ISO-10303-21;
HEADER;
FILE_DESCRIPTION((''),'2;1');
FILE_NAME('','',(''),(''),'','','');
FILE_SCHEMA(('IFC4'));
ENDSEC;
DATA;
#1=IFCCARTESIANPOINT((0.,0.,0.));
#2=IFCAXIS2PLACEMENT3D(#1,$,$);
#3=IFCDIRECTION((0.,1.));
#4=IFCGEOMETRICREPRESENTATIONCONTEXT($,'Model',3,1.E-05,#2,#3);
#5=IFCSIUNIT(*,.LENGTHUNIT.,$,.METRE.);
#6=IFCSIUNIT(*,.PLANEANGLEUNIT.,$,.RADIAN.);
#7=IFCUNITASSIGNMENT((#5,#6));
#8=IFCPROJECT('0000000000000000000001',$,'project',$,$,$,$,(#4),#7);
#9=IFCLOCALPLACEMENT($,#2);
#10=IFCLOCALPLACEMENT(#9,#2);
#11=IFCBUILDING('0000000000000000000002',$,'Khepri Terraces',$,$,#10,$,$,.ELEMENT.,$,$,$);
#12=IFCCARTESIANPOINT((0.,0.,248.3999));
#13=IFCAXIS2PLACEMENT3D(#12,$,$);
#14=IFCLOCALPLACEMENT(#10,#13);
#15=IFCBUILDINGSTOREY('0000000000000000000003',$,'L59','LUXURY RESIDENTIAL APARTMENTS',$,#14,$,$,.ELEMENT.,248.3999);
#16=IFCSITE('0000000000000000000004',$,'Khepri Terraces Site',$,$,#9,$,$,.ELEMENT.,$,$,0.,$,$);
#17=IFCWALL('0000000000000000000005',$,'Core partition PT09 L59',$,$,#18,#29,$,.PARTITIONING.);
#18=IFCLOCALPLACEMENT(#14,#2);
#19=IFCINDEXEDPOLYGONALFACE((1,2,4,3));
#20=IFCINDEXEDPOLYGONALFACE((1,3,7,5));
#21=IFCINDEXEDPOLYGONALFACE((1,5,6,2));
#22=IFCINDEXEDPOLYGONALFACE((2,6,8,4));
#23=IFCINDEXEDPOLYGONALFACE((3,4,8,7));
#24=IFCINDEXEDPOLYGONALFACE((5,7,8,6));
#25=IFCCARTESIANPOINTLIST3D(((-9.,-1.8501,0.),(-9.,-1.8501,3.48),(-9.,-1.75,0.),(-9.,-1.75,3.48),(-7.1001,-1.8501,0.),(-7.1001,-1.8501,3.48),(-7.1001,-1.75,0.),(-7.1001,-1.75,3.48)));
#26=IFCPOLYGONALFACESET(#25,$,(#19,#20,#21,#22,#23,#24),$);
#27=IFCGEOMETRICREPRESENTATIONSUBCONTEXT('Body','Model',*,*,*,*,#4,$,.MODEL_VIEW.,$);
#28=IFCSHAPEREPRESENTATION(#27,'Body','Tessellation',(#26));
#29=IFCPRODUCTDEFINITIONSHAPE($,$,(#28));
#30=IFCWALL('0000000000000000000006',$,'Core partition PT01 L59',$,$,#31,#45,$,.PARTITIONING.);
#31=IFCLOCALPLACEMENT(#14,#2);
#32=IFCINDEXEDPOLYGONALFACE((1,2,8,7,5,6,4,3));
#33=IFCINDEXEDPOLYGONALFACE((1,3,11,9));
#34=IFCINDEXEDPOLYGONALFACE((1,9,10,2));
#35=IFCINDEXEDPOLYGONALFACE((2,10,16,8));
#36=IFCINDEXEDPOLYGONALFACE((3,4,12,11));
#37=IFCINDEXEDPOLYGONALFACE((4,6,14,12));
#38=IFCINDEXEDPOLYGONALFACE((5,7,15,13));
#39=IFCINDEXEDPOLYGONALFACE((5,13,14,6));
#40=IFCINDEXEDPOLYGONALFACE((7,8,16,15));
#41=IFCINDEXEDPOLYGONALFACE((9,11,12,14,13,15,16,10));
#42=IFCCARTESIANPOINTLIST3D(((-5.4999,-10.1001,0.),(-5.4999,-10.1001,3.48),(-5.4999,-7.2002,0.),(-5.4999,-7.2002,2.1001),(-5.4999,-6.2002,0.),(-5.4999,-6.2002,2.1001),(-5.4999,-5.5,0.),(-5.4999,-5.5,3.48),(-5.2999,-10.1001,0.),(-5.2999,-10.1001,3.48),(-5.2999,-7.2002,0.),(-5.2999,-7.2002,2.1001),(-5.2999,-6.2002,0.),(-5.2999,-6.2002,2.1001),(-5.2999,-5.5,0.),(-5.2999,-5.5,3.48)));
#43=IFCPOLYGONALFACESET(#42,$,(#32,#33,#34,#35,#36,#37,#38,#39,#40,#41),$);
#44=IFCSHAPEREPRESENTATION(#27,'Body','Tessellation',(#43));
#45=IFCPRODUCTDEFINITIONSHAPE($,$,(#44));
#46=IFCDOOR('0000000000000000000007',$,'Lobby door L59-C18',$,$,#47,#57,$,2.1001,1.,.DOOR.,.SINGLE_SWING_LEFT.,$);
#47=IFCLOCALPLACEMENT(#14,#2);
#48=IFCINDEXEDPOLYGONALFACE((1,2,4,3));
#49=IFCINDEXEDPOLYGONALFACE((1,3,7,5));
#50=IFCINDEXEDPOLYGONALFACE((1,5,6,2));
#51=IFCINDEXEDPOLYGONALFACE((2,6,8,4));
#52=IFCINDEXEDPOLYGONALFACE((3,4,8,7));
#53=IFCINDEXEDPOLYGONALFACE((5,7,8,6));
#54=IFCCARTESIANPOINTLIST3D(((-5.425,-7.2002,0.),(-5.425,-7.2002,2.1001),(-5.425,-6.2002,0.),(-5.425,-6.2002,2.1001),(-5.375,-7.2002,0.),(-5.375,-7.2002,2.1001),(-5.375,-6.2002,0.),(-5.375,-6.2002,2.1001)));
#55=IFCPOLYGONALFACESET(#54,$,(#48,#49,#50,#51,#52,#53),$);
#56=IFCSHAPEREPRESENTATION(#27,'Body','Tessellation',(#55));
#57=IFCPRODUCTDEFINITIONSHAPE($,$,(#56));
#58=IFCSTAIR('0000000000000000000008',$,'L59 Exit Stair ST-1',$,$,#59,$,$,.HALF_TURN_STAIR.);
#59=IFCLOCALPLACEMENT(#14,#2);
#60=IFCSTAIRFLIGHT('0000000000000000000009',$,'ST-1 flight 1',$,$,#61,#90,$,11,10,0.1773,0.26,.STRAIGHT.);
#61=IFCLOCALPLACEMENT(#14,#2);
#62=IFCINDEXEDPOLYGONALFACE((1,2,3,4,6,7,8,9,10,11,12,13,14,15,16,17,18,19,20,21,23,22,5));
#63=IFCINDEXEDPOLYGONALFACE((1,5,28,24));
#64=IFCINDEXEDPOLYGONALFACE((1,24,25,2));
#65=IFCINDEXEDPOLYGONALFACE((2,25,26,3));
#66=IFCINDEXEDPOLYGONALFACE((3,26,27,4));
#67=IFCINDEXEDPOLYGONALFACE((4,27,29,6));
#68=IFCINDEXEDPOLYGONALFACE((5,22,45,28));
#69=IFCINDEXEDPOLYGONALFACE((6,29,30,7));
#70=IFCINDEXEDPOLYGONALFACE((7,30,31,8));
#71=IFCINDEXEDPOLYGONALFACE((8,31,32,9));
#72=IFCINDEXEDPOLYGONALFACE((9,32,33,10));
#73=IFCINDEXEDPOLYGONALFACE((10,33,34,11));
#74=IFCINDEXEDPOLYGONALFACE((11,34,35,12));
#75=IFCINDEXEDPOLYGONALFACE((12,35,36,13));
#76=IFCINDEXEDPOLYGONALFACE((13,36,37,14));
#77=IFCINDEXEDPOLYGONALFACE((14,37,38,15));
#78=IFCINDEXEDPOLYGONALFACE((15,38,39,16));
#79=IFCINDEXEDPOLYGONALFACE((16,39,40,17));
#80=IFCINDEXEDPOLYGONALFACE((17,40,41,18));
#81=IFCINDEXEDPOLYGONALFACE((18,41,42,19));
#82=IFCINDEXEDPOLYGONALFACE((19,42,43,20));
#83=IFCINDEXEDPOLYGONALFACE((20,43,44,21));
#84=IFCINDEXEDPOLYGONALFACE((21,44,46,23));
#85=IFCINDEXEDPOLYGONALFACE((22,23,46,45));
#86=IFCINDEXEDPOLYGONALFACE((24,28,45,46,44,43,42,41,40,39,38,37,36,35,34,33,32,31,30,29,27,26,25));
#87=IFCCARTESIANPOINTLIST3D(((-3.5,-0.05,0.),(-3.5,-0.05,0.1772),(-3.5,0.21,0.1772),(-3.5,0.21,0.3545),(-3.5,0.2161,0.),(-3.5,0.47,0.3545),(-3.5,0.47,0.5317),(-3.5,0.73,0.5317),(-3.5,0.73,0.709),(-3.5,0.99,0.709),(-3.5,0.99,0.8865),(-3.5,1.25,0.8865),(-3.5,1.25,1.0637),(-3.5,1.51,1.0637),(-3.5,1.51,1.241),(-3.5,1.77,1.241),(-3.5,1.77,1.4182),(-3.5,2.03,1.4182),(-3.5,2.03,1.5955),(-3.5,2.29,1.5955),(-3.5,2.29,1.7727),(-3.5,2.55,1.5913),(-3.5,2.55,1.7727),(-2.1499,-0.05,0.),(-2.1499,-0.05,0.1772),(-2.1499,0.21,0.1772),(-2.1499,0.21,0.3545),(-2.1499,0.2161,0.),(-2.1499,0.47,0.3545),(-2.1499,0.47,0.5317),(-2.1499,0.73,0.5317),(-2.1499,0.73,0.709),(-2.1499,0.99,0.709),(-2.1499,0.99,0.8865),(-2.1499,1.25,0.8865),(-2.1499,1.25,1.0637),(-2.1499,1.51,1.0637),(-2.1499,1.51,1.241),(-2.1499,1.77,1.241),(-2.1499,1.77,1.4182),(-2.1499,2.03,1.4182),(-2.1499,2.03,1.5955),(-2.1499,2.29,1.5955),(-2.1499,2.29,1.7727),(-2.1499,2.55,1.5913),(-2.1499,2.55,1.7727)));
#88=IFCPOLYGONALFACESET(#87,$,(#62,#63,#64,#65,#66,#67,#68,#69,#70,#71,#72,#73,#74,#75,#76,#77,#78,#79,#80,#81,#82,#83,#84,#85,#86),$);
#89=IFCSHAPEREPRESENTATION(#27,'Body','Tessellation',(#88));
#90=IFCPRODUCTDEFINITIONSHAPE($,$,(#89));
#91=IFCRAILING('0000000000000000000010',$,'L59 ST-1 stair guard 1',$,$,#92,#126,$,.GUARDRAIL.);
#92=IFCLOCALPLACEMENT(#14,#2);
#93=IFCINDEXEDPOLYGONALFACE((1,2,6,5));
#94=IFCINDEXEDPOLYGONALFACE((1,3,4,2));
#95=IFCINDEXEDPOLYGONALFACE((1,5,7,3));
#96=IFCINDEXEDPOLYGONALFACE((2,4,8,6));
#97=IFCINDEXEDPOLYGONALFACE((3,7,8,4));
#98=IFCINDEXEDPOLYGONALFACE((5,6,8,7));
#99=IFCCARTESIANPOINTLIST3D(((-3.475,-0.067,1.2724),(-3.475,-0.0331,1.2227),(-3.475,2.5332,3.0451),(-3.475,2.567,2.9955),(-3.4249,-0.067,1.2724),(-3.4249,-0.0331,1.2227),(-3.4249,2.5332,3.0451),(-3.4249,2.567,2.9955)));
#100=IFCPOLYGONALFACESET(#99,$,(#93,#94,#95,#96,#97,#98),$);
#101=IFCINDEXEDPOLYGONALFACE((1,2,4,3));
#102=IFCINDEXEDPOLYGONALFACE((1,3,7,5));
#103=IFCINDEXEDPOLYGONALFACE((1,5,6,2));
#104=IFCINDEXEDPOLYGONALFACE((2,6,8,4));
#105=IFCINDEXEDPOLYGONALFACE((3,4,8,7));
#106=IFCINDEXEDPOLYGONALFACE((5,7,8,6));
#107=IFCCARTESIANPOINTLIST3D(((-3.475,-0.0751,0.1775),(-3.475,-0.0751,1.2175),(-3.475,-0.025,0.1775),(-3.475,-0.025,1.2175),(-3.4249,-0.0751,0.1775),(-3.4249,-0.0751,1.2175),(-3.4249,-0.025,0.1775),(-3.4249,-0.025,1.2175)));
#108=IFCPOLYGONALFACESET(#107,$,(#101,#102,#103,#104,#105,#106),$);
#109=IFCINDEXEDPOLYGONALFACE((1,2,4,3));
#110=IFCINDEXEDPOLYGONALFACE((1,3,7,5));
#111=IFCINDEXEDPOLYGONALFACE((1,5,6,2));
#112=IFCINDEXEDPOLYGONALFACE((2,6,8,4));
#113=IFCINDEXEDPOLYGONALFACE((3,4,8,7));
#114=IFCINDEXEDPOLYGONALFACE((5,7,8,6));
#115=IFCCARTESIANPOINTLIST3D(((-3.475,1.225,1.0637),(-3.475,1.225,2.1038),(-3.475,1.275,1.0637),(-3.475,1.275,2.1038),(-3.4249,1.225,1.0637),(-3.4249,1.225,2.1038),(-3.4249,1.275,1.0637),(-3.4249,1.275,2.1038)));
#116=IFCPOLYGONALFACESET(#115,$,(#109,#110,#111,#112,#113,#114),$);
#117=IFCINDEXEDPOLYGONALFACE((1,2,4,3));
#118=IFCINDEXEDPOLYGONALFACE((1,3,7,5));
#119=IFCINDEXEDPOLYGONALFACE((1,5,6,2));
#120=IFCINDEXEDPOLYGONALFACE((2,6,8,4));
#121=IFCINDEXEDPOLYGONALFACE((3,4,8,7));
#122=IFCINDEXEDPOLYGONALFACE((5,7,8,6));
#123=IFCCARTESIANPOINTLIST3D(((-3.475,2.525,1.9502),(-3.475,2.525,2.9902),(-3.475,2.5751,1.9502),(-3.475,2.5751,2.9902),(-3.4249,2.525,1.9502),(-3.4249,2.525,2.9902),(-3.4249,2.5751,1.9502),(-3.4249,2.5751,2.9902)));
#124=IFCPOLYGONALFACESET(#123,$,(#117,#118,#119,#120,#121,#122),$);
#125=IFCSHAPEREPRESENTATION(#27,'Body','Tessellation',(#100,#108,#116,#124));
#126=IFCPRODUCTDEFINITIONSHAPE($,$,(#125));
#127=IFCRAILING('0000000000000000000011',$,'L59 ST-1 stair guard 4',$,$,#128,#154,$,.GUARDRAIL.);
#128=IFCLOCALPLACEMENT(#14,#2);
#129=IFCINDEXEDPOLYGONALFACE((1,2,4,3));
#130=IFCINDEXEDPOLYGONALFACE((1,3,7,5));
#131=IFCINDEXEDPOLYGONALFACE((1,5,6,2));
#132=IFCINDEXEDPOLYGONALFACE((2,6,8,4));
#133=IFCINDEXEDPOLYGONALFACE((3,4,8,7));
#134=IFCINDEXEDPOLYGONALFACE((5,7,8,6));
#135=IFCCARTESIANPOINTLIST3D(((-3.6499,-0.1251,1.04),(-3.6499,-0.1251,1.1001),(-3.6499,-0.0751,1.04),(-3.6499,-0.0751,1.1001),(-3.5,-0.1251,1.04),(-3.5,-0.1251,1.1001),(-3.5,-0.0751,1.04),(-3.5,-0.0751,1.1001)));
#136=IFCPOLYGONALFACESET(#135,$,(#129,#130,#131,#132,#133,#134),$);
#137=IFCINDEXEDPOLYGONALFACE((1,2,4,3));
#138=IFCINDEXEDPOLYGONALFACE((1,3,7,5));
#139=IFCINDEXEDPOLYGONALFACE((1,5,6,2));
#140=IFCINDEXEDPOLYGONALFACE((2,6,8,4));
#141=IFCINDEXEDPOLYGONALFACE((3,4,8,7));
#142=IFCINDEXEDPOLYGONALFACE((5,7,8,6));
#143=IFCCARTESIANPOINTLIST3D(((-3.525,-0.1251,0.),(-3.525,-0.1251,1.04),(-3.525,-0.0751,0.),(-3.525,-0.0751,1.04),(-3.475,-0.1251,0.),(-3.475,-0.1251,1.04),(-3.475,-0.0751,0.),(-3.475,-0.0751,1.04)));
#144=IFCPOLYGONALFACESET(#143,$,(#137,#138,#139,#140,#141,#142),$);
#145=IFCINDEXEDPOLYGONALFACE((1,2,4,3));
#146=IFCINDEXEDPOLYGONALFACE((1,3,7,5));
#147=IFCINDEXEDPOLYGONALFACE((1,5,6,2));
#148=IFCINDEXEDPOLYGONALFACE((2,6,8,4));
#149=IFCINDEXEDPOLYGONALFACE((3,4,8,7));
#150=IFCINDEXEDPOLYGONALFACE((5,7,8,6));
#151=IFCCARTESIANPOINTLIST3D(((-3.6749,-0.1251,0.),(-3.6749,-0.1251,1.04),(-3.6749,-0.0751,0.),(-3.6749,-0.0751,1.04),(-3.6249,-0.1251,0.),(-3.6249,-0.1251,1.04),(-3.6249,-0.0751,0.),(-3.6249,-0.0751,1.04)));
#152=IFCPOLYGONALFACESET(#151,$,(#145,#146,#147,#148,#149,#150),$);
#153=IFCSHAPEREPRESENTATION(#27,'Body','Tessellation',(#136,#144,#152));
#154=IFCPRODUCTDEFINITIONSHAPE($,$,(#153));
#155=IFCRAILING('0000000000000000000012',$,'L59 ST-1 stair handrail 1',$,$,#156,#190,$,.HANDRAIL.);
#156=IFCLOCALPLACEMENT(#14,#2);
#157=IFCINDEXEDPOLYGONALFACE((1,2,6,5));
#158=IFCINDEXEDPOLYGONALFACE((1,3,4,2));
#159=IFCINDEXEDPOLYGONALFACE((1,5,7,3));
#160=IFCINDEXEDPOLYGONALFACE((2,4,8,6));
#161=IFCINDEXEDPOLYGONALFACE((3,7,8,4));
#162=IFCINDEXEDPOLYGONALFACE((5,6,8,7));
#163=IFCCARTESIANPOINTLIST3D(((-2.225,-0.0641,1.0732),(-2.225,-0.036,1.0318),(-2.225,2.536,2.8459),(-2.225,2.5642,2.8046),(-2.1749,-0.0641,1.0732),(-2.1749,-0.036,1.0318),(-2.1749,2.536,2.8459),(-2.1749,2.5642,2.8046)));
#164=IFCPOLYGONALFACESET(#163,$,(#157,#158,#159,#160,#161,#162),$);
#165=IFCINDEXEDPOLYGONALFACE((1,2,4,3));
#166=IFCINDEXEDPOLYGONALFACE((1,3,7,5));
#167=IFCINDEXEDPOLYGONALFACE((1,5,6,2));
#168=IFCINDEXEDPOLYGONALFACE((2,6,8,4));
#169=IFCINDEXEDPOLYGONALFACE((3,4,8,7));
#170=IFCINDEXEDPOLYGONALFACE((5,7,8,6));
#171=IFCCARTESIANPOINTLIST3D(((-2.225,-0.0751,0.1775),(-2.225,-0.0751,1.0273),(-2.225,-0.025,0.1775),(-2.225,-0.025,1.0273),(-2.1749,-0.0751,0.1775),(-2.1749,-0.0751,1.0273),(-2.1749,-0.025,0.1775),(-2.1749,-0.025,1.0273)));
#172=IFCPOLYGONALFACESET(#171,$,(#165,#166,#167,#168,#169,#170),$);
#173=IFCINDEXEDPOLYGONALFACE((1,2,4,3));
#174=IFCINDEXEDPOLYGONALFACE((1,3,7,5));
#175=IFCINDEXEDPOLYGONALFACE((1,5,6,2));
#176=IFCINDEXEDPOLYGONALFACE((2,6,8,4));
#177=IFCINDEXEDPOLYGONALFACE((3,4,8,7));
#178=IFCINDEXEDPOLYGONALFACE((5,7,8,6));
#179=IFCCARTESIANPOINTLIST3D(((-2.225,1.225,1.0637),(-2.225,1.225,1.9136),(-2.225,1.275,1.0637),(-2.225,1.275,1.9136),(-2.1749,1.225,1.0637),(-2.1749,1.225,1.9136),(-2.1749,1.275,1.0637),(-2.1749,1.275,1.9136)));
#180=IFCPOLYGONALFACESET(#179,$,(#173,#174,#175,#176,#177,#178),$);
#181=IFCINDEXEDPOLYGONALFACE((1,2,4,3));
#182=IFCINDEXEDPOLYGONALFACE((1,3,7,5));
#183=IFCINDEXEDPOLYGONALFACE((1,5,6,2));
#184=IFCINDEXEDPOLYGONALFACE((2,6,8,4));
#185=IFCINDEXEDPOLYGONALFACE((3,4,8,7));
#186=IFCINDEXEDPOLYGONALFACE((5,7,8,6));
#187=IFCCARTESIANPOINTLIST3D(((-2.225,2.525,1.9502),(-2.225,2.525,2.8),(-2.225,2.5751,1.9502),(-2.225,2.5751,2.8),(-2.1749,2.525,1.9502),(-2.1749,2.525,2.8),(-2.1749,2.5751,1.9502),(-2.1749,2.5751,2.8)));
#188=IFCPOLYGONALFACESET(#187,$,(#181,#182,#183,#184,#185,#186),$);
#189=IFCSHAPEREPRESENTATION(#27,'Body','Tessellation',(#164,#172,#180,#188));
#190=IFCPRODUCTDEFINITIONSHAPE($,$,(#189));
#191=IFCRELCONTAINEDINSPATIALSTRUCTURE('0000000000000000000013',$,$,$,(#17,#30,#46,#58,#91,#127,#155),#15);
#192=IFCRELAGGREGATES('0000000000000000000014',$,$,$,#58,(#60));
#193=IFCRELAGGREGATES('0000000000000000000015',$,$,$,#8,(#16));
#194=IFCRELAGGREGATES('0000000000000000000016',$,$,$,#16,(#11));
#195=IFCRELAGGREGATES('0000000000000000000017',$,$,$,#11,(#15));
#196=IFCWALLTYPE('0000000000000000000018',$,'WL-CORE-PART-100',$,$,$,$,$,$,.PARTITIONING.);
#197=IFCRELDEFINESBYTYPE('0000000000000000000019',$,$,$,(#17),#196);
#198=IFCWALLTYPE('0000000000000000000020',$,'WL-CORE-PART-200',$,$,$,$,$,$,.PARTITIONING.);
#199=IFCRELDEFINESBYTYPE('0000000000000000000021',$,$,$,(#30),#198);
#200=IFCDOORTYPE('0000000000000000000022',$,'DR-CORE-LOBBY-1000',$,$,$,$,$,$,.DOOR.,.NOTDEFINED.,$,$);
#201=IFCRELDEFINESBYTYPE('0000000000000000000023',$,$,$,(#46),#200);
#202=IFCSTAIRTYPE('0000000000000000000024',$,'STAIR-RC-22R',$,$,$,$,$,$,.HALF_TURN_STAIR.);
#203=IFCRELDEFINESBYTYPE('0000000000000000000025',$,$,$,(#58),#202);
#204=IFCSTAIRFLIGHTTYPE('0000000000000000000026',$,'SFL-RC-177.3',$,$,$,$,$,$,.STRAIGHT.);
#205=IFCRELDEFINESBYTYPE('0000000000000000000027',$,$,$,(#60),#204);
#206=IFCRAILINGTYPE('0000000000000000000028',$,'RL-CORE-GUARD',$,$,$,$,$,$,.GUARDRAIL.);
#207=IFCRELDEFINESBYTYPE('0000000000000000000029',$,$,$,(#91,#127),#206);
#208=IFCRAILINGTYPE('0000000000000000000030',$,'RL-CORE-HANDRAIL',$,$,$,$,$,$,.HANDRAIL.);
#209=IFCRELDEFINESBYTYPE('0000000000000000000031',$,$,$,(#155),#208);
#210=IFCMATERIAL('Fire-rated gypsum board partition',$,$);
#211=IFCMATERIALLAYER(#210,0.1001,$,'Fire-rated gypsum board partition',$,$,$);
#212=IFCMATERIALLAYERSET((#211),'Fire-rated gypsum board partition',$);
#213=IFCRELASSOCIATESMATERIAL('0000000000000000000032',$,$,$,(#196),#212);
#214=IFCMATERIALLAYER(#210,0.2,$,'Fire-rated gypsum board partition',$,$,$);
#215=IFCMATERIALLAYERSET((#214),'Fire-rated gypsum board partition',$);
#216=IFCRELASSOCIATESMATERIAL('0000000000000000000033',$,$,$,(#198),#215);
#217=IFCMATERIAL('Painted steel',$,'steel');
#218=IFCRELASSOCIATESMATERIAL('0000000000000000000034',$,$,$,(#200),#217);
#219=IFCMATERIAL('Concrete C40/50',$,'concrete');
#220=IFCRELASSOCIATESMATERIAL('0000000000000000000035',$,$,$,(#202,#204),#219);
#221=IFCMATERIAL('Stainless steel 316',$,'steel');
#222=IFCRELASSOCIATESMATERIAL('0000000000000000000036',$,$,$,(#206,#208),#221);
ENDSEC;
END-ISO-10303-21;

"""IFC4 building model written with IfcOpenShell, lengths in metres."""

from ifc_helpers import new_model, si_unit, direction, frame, frame_2d, origin, origin_2d, place, context, subcontext, project, spatial, polyline, rectangle, outline, extrude, material, layer, layer_set, type_object, element, fill, aggregate, save


model = new_model("IFC4")

# Units and contexts
model_context = context("Model", 3, precision=1e-05, world=origin(), true_north=direction((0.0, 1.0)))
body_context = subcontext(model_context, "Body", "Model", "MODEL_VIEW")
ifc_project = project(units=[si_unit("LENGTHUNIT", "METRE"), si_unit("PLANEANGLEUNIT", "RADIAN")], contexts=[model_context])

# Site, building, storey
site_placement = place(None, origin())
site = spatial("IfcSite", under=ifc_project, at=site_placement, Name="Khepri Terraces Site", CompositionType="ELEMENT", RefElevation=0.0)
building_placement = place(site_placement, origin())
building = spatial("IfcBuilding", under=site, at=building_placement, Name="Khepri Terraces", CompositionType="ELEMENT")
storey_placement = place(building_placement, frame((0.0, 0.0, 248.3999)))
storey = spatial("IfcBuildingStorey", under=building, at=storey_placement, Name="L59", Description="LUXURY RESIDENTIAL APARTMENTS", CompositionType="ELEMENT", Elevation=248.3999)

# Shared definitions
ifc_material_1 = material(Name="Concrete C40/50", Category="concrete")

# Shared definitions
ifc_material_2 = material(Name="Painted steel", Category="steel")

# Shared definitions
ifc_material_3 = material(Name="Fire-rated gypsum board partition")
ifc_layer_1 = layer(ifc_material_3, 0.1001, Name="Fire-rated gypsum board partition")
ifc_layer_set_1 = layer_set([ifc_layer_1], Name="Fire-rated gypsum board partition")
wall_type_1 = type_object("IfcWallType", Name="WL-CORE-PART-100", PredefinedType="PARTITIONING", material=ifc_layer_set_1)

# Wall
for number, where, z_axis, x_axis, name in (
    (1, (-9.0, -1.8, 0.0), (0.0, 0.0, 1.0), (1.0, 0.0, 0.0), "Core partition PT09 L59"),
):
    element("IfcWall", number, at=place(storey_placement, frame(where, z_axis=z_axis, x_axis=x_axis)), inside=storey, type_object=wall_type_1, Name=name, PredefinedType="PARTITIONING", context=body_context, shape_type="SweptSolid", body=[
        extrude(rectangle(XDim=1.8999, YDim=0.1001, at=frame_2d((0.95, 0.0))), origin(), (0.0, 0.0, 1.0), 3.48),
    ])

# Wall, opening, door
ifc_layer_2 = layer(ifc_material_3, 0.2, Name="Fire-rated gypsum board partition")
ifc_layer_set_2 = layer_set([ifc_layer_2], Name="Fire-rated gypsum board partition")
wall_type_2 = type_object("IfcWallType", Name="WL-CORE-PART-200", PredefinedType="PARTITIONING", material=ifc_layer_set_2)
wall_1_placement = place(storey_placement, frame((-5.3999, -10.1001, 0.0), z_axis=(0.0, 0.0, 1.0), x_axis=(0.0, 1.0, 0.0)))
wall_1 = element("IfcWall", 2, at=wall_1_placement, inside=storey, type_object=wall_type_2, Name="Core partition PT01 L59", PredefinedType="PARTITIONING", context=body_context, shape_type="SweptSolid", body=[
    extrude(rectangle(XDim=4.6001, YDim=0.2, at=frame_2d((2.3, 0.0))), origin(), (0.0, 0.0, 1.0), 3.48),
])
opening_1_placement = place(wall_1_placement, frame((2.8999, 0.0, 0.0)))
opening_1 = element("IfcOpeningElement", 3, at=opening_1_placement, cuts=wall_1, PredefinedType="OPENING", context=body_context, shape_type="SweptSolid", body=[
    extrude(rectangle(XDim=1.0, YDim=2.1001, at=frame_2d((0.5, 1.05))), frame((0.0, 0.1099, 0.0), z_axis=(0.0, -1.0, 0.0), x_axis=(1.0, 0.0, 0.0)), (0.0, 0.0, 1.0), 0.22),
])
door_type_1 = type_object("IfcDoorType", Name="DR-CORE-LOBBY-1000", OperationType="NOTDEFINED", PredefinedType="DOOR", material=ifc_material_2)
door_1_placement = place(opening_1_placement, frame((1.0, 0.0, 0.0), z_axis=(0.0, 0.0, 1.0), x_axis=(-1.0, 0.0, 0.0)))
door_1 = element("IfcDoor", 4, at=door_1_placement, inside=storey, type_object=door_type_1, Name="Lobby door L59-C18", OperationType="SINGLE_SWING_LEFT", OverallHeight=2.1001, OverallWidth=1.0, PredefinedType="DOOR", context=body_context, shape_type="SweptSolid", body=[
    extrude(rectangle(XDim=1.0, YDim=2.1001, at=frame_2d((0.5, 1.05))), frame((0.0, 0.0249, 0.0), z_axis=(0.0, -1.0, 0.0), x_axis=(1.0, 0.0, 0.0)), (0.0, 0.0, 1.0), 0.05),
])
fill(opening_1, door_1)

# Stair, stair flight
stair_type = type_object("IfcStairType", Name="STAIR-RC-22R", PredefinedType="HALF_TURN_STAIR", material=ifc_material_1)
stair_placement = place(storey_placement, origin())
stair = element("IfcStair", 5, at=stair_placement, inside=storey, type_object=stair_type, Name="L59 Exit Stair ST-1", PredefinedType="HALF_TURN_STAIR")
stair_flight_type = type_object("IfcStairFlightType", Name="SFL-RC-177.3", PredefinedType="STRAIGHT", material=ifc_material_1)
stair_flight_placement = place(storey_placement, frame((-2.825, -0.05, 0.0), z_axis=(0.0, 0.0, 1.0), x_axis=(0.0, 1.0, 0.0)))
stair_flight = element("IfcStairFlight", 6, at=stair_flight_placement, type_object=stair_flight_type, Name="ST-1 flight 1", NumberOfRisers=11, NumberOfTreads=10, PredefinedType="STRAIGHT", RiserHeight=0.1773, TreadLength=0.26, context=body_context, shape_type="SweptSolid", body=[
    extrude(outline(polyline([(0.0, 0.0), (0.0, 0.1772), (0.26, 0.1772), (0.26, 0.3545), (0.52, 0.3545), (0.52, 0.5317), (0.78, 0.5317), (0.78, 0.709), (1.04, 0.709), (1.04, 0.8865), (1.3, 0.8865), (1.3, 1.0637), (1.5601, 1.0637), (1.5601, 1.241), (1.8201, 1.241), (1.8201, 1.4182), (2.0801, 1.4182), (2.0801, 1.5955), (2.3401, 1.5955), (2.3401, 1.7727), (2.6001, 1.7727), (2.6001, 1.95), (2.6001, 1.5913), (0.2661, 0.0), (0.0, 0.0)])), frame((0.0, 0.675, 0.0), z_axis=(0.0, -1.0, 0.0), x_axis=(1.0, 0.0, 0.0)), (0.0, 0.0, 1.0), 1.3501),
])
aggregate(stair, [stair_flight])

# Railings
ifc_material_4 = material(Name="Stainless steel 316", Category="steel")
railing_type_1 = type_object("IfcRailingType", Name="RL-CORE-GUARD", PredefinedType="GUARDRAIL", material=ifc_material_4)
railing_1_placement = place(storey_placement, frame((-3.45, -0.05, 0.1775)))
element("IfcRailing", 7, at=railing_1_placement, inside=storey, type_object=railing_type_1, Name="L59 ST-1 stair guard 1", PredefinedType="GUARDRAIL", context=body_context, shape_type="SweptSolid", body=[
    extrude(rectangle(XDim=0.05, YDim=0.0601, at=origin_2d()), frame((0.0, 0.0, 1.0701), z_axis=(0.0, 0.82624, 0.563318), x_axis=(-1.0, 0.0, 0.0)), (0.0, 0.0, 1.0), 3.147),
    extrude(rectangle(XDim=0.05, YDim=0.05, at=origin_2d()), origin(), (0.0, 0.0, 1.0), 1.04),
    extrude(rectangle(XDim=0.05, YDim=0.05, at=origin_2d()), frame((0.0, 1.3, 0.8862)), (0.0, 0.0, 1.0), 1.04),
    extrude(rectangle(XDim=0.05, YDim=0.05, at=origin_2d()), frame((0.0, 2.6001, 1.7727)), (0.0, 0.0, 1.0), 1.04),
])
railing_2_placement = place(storey_placement, frame((-3.5, -0.1001, 0.0)))
element("IfcRailing", 8, at=railing_2_placement, inside=storey, type_object=railing_type_1, Name="L59 ST-1 stair guard 4", PredefinedType="GUARDRAIL", context=body_context, shape_type="SweptSolid", body=[
    extrude(rectangle(XDim=0.05, YDim=0.0601, at=origin_2d()), frame((0.0, 0.0, 1.0701), z_axis=(-1.0, 0.0, 0.0), x_axis=(0.0, -1.0, 0.0)), (0.0, 0.0, 1.0), 0.1499),
    extrude(rectangle(XDim=0.05, YDim=0.05, at=origin_2d()), origin(), (0.0, 0.0, 1.0), 1.04),
    extrude(rectangle(XDim=0.05, YDim=0.05, at=origin_2d()), frame((-0.1499, 0.0, 0.0)), (0.0, 0.0, 1.0), 1.04),
])
railing_type_2 = type_object("IfcRailingType", Name="RL-CORE-HANDRAIL", PredefinedType="HANDRAIL", material=ifc_material_4)
railing_3_placement = place(storey_placement, frame((-2.2, -0.05, 0.1775)))
element("IfcRailing", 9, at=railing_3_placement, inside=storey, type_object=railing_type_2, Name="L59 ST-1 stair handrail 1", PredefinedType="HANDRAIL", context=body_context, shape_type="SweptSolid", body=[
    extrude(rectangle(XDim=0.05, YDim=0.05, at=origin_2d()), frame((0.0, 0.0, 0.875), z_axis=(0.0, 0.82624, 0.563318), x_axis=(-1.0, 0.0, 0.0)), (0.0, 0.0, 1.0), 3.147),
    extrude(rectangle(XDim=0.05, YDim=0.05, at=origin_2d()), origin(), (0.0, 0.0, 1.0), 0.8499),
    extrude(rectangle(XDim=0.05, YDim=0.05, at=origin_2d()), frame((0.0, 1.3, 0.8862)), (0.0, 0.0, 1.0), 0.8499),
    extrude(rectangle(XDim=0.05, YDim=0.05, at=origin_2d()), frame((0.0, 2.6001, 1.7727)), (0.0, 0.0, 1.0), 0.8499),
])

save(model, "model.ifc")
